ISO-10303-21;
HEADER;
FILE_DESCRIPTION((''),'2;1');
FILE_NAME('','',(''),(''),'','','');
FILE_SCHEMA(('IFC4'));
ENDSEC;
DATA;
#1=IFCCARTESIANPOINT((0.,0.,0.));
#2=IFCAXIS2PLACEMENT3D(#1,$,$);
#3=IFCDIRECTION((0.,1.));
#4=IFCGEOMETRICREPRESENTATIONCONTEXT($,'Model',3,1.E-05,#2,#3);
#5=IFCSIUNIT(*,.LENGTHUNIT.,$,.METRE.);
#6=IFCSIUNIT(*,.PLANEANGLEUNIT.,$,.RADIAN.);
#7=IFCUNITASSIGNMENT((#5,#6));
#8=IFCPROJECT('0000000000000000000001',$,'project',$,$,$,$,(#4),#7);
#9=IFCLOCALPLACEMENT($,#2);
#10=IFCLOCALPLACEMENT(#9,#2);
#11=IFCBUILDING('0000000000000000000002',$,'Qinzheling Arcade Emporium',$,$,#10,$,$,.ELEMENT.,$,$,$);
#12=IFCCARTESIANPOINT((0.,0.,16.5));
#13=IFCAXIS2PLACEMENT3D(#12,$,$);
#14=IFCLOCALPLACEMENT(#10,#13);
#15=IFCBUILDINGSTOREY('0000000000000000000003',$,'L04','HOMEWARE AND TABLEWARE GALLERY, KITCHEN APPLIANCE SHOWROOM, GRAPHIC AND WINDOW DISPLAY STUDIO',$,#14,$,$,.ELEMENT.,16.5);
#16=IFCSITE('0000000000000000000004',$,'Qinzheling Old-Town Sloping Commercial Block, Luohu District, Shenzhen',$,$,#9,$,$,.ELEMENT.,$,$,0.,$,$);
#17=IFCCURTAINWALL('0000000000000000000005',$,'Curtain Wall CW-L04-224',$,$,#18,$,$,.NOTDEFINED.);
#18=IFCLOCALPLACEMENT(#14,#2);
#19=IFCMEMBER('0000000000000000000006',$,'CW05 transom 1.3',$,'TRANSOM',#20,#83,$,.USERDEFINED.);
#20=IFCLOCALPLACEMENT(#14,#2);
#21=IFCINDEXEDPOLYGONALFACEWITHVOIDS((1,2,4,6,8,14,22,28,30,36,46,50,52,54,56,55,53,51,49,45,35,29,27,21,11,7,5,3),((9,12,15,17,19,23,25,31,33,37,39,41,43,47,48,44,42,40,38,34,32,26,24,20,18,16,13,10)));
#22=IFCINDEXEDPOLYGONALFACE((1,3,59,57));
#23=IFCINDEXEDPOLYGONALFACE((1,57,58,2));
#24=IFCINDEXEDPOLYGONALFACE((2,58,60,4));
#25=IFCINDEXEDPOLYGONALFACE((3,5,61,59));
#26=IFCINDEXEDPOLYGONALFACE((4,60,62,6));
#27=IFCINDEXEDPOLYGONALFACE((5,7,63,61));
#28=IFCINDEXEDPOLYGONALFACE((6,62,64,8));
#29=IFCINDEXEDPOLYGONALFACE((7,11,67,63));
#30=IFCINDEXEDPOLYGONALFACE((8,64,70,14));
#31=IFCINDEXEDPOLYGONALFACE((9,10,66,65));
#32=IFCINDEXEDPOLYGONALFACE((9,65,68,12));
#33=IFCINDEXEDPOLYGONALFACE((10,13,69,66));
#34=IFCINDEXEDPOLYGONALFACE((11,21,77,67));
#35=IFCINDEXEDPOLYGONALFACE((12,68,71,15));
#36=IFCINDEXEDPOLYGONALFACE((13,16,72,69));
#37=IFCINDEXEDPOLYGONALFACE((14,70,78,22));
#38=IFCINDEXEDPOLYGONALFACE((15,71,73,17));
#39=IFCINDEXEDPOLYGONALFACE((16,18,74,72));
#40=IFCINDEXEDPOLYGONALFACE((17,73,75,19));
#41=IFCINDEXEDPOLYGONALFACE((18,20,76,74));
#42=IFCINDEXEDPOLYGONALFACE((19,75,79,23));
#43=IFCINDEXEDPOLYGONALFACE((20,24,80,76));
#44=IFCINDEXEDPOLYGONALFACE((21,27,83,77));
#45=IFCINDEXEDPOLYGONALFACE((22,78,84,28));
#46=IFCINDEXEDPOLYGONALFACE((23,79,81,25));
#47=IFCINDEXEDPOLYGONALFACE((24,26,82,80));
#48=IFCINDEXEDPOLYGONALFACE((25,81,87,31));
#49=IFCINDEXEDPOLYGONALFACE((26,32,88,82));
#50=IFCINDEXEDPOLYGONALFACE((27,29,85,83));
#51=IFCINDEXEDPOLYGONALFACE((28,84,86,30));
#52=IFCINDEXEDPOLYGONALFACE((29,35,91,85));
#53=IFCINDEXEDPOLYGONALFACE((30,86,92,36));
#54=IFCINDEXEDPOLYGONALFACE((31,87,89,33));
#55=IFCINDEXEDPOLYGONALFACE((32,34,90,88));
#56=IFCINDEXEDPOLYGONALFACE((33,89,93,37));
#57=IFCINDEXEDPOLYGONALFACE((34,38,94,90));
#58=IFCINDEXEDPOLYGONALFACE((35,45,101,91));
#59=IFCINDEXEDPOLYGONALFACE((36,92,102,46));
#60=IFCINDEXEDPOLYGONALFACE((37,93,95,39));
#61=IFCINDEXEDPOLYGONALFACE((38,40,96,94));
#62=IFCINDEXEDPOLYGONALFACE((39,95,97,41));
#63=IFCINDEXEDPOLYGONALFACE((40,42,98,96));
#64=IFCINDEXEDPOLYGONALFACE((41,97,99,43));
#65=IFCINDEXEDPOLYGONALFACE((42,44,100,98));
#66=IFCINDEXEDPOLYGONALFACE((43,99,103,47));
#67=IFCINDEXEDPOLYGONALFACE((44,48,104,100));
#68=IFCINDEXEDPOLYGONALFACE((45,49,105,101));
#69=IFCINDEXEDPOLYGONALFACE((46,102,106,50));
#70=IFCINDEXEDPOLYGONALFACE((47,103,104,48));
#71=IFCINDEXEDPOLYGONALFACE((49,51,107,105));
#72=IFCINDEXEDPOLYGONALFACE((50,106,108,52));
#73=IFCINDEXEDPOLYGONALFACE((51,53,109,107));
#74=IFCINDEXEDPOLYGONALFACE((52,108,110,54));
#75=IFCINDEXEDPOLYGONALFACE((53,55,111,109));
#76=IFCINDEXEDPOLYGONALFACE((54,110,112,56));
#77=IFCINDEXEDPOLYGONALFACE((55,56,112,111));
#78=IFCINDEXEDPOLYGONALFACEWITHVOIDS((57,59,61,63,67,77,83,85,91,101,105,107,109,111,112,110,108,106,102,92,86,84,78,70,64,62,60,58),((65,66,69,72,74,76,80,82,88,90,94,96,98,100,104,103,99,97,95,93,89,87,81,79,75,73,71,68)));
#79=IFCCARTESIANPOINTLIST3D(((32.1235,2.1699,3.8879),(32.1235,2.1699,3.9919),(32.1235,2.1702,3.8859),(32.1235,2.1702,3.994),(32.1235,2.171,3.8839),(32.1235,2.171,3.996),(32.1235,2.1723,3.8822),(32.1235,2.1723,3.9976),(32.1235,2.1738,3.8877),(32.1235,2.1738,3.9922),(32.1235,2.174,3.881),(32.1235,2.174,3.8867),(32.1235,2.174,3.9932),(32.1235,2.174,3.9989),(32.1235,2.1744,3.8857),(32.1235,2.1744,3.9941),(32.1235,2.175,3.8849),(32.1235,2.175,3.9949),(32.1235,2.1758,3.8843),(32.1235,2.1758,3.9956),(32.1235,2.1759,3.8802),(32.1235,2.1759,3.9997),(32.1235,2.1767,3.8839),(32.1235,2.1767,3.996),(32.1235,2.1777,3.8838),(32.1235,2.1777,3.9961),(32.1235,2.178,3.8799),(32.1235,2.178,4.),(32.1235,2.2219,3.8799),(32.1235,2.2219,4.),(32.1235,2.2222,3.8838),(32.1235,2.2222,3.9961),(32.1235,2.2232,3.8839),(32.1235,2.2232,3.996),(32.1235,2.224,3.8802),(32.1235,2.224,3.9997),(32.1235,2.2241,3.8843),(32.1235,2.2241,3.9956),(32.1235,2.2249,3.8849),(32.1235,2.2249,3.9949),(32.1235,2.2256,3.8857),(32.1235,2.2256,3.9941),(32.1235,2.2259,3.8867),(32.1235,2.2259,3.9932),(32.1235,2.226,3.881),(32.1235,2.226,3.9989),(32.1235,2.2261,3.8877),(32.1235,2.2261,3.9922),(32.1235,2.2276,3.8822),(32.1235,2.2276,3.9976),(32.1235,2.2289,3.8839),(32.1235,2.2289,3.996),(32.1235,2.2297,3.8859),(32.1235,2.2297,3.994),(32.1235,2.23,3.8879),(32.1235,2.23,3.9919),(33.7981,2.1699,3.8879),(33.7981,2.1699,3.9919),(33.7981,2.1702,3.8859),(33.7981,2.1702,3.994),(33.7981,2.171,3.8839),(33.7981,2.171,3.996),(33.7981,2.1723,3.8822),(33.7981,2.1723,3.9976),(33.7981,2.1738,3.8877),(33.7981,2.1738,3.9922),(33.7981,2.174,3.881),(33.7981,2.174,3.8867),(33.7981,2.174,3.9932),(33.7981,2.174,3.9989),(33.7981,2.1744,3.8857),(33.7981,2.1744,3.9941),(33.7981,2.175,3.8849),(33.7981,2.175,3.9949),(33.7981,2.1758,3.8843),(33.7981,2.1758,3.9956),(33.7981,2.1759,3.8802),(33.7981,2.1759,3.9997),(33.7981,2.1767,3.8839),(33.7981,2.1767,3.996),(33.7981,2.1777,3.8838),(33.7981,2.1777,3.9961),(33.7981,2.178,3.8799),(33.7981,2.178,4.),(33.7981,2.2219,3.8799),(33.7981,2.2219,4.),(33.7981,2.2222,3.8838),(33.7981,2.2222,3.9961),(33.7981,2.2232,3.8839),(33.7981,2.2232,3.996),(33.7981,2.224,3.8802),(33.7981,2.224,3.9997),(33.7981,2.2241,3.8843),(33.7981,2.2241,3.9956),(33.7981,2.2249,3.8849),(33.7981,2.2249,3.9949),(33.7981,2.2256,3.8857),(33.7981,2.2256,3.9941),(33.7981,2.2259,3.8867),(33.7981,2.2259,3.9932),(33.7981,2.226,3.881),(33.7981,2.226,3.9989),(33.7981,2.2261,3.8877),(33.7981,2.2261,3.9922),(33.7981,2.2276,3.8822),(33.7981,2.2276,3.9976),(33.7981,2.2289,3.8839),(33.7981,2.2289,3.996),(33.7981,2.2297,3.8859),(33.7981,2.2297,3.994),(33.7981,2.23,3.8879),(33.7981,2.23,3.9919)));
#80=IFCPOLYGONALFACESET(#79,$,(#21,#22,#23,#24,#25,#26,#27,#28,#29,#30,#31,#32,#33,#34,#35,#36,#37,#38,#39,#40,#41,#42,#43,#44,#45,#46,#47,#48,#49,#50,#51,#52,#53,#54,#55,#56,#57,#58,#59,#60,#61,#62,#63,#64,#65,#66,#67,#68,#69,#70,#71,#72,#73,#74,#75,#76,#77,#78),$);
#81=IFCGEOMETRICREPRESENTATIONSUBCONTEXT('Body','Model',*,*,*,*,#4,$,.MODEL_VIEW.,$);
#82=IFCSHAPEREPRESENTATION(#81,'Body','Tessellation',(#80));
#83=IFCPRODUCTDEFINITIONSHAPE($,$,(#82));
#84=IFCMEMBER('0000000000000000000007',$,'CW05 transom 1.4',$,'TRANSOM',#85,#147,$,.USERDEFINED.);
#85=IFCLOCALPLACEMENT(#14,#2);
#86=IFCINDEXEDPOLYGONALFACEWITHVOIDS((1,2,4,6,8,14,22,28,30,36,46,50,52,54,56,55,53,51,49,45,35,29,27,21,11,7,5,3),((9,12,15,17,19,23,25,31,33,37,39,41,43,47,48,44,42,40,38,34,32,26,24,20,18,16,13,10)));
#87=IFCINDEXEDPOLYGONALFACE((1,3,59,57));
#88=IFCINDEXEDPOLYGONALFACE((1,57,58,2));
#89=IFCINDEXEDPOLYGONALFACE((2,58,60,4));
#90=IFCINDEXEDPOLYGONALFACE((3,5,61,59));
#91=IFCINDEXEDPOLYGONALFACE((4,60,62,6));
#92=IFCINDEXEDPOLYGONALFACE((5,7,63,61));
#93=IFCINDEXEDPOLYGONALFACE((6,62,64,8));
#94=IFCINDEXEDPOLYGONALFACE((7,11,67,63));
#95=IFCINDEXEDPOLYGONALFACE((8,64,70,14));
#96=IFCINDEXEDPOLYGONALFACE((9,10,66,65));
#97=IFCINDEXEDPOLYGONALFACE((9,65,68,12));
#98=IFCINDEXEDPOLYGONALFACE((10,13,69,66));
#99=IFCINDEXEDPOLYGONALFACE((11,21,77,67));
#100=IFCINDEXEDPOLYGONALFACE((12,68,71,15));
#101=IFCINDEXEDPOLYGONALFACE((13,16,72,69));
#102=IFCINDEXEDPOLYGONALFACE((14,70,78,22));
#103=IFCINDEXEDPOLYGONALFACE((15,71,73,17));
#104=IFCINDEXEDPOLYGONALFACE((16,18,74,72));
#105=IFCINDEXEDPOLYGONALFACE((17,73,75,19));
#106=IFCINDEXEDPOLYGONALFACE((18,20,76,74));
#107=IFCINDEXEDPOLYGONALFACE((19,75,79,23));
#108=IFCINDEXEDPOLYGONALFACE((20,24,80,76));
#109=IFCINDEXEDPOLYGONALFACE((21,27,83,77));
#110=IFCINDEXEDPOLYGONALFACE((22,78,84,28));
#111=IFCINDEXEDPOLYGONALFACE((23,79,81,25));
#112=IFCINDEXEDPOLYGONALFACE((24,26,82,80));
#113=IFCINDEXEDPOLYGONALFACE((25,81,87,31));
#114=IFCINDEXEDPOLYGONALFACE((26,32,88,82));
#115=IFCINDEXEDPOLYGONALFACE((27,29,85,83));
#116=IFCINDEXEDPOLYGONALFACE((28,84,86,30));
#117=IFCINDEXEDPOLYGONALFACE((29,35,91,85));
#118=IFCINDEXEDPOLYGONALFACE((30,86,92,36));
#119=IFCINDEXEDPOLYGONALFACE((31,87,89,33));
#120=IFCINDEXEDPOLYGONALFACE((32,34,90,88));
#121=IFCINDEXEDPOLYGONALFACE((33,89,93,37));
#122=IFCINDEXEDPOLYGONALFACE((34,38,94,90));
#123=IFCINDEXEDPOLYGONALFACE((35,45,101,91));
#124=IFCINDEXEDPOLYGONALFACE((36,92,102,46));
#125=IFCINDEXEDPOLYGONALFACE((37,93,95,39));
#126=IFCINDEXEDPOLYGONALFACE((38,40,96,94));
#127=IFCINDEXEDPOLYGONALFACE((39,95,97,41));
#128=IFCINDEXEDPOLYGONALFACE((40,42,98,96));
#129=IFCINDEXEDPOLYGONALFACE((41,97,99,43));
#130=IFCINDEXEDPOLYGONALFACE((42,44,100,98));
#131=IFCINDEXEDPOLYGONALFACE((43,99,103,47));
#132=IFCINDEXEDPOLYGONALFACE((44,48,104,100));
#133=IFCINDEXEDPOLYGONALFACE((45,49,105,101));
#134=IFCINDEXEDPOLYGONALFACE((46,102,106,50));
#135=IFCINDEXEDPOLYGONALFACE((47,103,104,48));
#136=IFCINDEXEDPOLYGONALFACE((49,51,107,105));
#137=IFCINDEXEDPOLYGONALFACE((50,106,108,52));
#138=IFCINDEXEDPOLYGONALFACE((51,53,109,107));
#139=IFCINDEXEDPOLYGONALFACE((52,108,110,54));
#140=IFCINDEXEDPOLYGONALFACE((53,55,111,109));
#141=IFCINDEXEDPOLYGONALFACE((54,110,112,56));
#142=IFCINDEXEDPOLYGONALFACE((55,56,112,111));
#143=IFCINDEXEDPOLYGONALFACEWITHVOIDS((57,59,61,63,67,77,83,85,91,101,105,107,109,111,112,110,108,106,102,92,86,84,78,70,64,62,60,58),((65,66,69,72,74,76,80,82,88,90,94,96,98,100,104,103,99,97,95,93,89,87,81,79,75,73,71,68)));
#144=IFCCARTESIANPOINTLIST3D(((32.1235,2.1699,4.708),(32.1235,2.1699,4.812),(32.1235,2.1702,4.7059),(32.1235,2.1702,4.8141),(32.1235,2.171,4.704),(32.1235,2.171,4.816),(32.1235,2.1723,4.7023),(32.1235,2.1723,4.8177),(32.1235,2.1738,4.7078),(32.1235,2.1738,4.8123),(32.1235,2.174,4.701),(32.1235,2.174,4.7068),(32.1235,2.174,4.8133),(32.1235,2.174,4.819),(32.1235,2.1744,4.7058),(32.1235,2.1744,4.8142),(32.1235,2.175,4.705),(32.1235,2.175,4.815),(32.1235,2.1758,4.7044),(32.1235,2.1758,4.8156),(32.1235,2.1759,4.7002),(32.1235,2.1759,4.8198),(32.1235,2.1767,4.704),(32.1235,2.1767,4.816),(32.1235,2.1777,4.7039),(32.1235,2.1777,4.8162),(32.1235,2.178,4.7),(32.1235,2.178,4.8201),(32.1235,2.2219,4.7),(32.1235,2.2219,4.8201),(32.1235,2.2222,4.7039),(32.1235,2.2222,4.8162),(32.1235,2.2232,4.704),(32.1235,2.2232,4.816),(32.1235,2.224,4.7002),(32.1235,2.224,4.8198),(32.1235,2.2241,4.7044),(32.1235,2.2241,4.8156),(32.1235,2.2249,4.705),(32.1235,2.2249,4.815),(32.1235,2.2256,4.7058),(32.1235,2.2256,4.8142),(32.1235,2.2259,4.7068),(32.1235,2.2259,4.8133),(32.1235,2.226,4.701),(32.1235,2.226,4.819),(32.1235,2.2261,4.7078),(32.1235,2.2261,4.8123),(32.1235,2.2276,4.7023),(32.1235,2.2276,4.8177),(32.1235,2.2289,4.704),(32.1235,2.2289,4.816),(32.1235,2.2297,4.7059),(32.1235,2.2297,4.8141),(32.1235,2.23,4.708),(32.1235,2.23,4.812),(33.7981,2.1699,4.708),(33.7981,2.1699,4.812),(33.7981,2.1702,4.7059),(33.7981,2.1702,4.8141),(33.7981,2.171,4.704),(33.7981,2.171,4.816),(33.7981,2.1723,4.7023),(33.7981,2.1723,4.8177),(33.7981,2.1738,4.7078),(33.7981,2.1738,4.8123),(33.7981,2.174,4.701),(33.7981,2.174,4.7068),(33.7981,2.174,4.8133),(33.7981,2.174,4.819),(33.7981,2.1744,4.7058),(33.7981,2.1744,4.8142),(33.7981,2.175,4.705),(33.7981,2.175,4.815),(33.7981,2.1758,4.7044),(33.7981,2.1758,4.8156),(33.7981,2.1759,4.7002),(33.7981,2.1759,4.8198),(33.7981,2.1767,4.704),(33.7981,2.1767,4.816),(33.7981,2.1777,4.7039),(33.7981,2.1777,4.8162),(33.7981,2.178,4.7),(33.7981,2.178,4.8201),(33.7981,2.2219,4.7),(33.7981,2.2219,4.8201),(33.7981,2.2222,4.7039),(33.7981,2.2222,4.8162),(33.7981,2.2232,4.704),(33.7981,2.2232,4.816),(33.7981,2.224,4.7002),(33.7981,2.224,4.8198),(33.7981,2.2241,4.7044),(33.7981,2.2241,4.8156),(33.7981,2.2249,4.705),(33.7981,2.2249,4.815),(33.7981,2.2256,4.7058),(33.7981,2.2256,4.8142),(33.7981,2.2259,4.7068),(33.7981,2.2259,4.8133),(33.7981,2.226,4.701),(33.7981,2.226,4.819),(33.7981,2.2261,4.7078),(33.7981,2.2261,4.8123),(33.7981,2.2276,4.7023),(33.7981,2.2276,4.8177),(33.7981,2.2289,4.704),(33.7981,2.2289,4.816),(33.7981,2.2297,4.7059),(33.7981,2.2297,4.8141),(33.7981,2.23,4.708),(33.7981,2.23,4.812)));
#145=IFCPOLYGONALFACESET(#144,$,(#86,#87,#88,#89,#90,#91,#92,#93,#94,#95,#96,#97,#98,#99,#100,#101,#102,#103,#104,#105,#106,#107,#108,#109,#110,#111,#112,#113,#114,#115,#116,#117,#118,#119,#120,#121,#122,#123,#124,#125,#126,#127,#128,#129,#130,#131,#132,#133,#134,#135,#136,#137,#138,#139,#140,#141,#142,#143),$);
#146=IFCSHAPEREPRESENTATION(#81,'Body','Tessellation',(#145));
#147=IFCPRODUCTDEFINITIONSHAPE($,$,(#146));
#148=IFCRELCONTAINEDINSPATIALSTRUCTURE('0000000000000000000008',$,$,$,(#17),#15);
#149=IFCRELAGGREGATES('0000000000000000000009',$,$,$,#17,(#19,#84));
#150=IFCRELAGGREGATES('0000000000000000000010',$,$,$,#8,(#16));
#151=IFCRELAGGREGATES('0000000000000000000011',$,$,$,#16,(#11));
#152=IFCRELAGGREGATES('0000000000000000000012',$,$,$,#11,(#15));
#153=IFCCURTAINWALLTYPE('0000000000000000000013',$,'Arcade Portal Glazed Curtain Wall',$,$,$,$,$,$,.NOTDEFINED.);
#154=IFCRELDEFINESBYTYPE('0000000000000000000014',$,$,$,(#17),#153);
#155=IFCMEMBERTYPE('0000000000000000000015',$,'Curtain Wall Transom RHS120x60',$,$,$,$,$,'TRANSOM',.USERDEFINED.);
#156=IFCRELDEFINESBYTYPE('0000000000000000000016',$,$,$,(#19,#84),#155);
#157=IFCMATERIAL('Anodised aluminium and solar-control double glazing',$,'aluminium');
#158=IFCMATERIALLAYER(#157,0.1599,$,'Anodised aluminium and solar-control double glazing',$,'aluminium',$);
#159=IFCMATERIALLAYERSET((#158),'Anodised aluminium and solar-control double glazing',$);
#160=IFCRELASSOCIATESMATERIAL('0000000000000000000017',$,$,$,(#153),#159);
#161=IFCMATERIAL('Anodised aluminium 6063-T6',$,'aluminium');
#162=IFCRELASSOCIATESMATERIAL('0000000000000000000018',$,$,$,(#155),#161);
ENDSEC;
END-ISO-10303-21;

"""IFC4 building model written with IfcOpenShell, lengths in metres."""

from ifc_helpers import new_model, si_unit, direction, frame, origin, origin_2d, place, context, subcontext, project, spatial, hollow_rectangle, extrude, material, layer, layer_set, material_profile, profile_set, type_object, element, aggregate, save


model = new_model("IFC4")

# Units and contexts
model_context = context("Model", 3, precision=1e-05, world=origin(), true_north=direction((0.0, 1.0)))
body_context = subcontext(model_context, "Body", "Model", "MODEL_VIEW")
ifc_project = project(units=[si_unit("LENGTHUNIT", "METRE"), si_unit("PLANEANGLEUNIT", "RADIAN")], contexts=[model_context])

# Site, building, storey
site_placement = place(None, origin())
site = spatial("IfcSite", under=ifc_project, at=site_placement, Name="Qinzheling Old-Town Sloping Commercial Block, Luohu District, Shenzhen", CompositionType="ELEMENT", RefElevation=0.0)
building_placement = place(site_placement, origin())
building = spatial("IfcBuilding", under=site, at=building_placement, Name="Qinzheling Arcade Emporium", CompositionType="ELEMENT")
storey_placement = place(building_placement, frame((0.0, 0.0, 16.5)))
storey = spatial("IfcBuildingStorey", under=building, at=storey_placement, Name="L04", Description="HOMEWARE AND TABLEWARE GALLERY, KITCHEN APPLIANCE SHOWROOM, GRAPHIC AND WINDOW DISPLAY STUDIO", CompositionType="ELEMENT", Elevation=16.5)

# Shared definitions
ifc_material_1 = material(Name="Anodised aluminium and solar-control double glazing", Category="aluminium")
ifc_layer_1 = layer(ifc_material_1, 0.1599, Name="Anodised aluminium and solar-control double glazing", Category="aluminium")
ifc_layer_set_1 = layer_set([ifc_layer_1], Name="Anodised aluminium and solar-control double glazing")
curtain_wall_type = type_object("IfcCurtainWallType", Name="Arcade Portal Glazed Curtain Wall", PredefinedType="NOTDEFINED", material=ifc_layer_set_1)
ifc_material_2 = material(Name="Anodised aluminium 6063-T6", Category="aluminium")

# Curtain wall
curtain_wall_1_placement = place(storey_placement, origin())
curtain_wall_1 = element("IfcCurtainWall", 1, at=curtain_wall_1_placement, inside=storey, type_object=curtain_wall_type, Name="Curtain Wall CW-L04-224", PredefinedType="NOTDEFINED")

# Members
ifc_material_profile_1 = material_profile(ifc_material_2, hollow_rectangle(XDim=0.0601, YDim=0.1201, WallThickness=0.0039, InnerFilletRadius=0.0039, OuterFilletRadius=0.0081, at=origin_2d()), Name="RHS 120x60x4", Category="aluminium")
ifc_profile_set_1 = profile_set([ifc_material_profile_1], Name="Anodised aluminium 6063-T6")
member_type_1 = type_object("IfcMemberType", Name="Curtain Wall Transom RHS120x60", ElementType="TRANSOM", PredefinedType="USERDEFINED", material=ifc_profile_set_1)
member_1_placement = place(storey_placement, frame((33.7981, 2.2, 3.9399), z_axis=(-1.0, 0.0, 0.0), x_axis=(0.0, -1.0, 0.0)))
member_1 = element("IfcMember", 2, at=member_1_placement, type_object=member_type_1, Name="CW05 transom 1.3", ObjectType="TRANSOM", PredefinedType="USERDEFINED", context=body_context, shape_type="SweptSolid", body=[
    extrude(hollow_rectangle(XDim=0.0601, YDim=0.1201, WallThickness=0.0039, InnerFilletRadius=0.0039, OuterFilletRadius=0.0081, at=origin_2d()), origin(), (0.0, 0.0, 1.0), 1.6746),
])
member_2_placement = place(storey_placement, frame((33.7981, 2.2, 4.76), z_axis=(-1.0, 0.0, 0.0), x_axis=(0.0, -1.0, 0.0)))
member_2 = element("IfcMember", 3, at=member_2_placement, type_object=member_type_1, Name="CW05 transom 1.4", ObjectType="TRANSOM", PredefinedType="USERDEFINED", context=body_context, shape_type="SweptSolid", body=[
    extrude(hollow_rectangle(XDim=0.0601, YDim=0.1201, WallThickness=0.0039, InnerFilletRadius=0.0039, OuterFilletRadius=0.0081, at=origin_2d()), origin(), (0.0, 0.0, 1.0), 1.6746),
])

aggregate(curtain_wall_1, [member_1, member_2])

save(model, "model.ifc")
